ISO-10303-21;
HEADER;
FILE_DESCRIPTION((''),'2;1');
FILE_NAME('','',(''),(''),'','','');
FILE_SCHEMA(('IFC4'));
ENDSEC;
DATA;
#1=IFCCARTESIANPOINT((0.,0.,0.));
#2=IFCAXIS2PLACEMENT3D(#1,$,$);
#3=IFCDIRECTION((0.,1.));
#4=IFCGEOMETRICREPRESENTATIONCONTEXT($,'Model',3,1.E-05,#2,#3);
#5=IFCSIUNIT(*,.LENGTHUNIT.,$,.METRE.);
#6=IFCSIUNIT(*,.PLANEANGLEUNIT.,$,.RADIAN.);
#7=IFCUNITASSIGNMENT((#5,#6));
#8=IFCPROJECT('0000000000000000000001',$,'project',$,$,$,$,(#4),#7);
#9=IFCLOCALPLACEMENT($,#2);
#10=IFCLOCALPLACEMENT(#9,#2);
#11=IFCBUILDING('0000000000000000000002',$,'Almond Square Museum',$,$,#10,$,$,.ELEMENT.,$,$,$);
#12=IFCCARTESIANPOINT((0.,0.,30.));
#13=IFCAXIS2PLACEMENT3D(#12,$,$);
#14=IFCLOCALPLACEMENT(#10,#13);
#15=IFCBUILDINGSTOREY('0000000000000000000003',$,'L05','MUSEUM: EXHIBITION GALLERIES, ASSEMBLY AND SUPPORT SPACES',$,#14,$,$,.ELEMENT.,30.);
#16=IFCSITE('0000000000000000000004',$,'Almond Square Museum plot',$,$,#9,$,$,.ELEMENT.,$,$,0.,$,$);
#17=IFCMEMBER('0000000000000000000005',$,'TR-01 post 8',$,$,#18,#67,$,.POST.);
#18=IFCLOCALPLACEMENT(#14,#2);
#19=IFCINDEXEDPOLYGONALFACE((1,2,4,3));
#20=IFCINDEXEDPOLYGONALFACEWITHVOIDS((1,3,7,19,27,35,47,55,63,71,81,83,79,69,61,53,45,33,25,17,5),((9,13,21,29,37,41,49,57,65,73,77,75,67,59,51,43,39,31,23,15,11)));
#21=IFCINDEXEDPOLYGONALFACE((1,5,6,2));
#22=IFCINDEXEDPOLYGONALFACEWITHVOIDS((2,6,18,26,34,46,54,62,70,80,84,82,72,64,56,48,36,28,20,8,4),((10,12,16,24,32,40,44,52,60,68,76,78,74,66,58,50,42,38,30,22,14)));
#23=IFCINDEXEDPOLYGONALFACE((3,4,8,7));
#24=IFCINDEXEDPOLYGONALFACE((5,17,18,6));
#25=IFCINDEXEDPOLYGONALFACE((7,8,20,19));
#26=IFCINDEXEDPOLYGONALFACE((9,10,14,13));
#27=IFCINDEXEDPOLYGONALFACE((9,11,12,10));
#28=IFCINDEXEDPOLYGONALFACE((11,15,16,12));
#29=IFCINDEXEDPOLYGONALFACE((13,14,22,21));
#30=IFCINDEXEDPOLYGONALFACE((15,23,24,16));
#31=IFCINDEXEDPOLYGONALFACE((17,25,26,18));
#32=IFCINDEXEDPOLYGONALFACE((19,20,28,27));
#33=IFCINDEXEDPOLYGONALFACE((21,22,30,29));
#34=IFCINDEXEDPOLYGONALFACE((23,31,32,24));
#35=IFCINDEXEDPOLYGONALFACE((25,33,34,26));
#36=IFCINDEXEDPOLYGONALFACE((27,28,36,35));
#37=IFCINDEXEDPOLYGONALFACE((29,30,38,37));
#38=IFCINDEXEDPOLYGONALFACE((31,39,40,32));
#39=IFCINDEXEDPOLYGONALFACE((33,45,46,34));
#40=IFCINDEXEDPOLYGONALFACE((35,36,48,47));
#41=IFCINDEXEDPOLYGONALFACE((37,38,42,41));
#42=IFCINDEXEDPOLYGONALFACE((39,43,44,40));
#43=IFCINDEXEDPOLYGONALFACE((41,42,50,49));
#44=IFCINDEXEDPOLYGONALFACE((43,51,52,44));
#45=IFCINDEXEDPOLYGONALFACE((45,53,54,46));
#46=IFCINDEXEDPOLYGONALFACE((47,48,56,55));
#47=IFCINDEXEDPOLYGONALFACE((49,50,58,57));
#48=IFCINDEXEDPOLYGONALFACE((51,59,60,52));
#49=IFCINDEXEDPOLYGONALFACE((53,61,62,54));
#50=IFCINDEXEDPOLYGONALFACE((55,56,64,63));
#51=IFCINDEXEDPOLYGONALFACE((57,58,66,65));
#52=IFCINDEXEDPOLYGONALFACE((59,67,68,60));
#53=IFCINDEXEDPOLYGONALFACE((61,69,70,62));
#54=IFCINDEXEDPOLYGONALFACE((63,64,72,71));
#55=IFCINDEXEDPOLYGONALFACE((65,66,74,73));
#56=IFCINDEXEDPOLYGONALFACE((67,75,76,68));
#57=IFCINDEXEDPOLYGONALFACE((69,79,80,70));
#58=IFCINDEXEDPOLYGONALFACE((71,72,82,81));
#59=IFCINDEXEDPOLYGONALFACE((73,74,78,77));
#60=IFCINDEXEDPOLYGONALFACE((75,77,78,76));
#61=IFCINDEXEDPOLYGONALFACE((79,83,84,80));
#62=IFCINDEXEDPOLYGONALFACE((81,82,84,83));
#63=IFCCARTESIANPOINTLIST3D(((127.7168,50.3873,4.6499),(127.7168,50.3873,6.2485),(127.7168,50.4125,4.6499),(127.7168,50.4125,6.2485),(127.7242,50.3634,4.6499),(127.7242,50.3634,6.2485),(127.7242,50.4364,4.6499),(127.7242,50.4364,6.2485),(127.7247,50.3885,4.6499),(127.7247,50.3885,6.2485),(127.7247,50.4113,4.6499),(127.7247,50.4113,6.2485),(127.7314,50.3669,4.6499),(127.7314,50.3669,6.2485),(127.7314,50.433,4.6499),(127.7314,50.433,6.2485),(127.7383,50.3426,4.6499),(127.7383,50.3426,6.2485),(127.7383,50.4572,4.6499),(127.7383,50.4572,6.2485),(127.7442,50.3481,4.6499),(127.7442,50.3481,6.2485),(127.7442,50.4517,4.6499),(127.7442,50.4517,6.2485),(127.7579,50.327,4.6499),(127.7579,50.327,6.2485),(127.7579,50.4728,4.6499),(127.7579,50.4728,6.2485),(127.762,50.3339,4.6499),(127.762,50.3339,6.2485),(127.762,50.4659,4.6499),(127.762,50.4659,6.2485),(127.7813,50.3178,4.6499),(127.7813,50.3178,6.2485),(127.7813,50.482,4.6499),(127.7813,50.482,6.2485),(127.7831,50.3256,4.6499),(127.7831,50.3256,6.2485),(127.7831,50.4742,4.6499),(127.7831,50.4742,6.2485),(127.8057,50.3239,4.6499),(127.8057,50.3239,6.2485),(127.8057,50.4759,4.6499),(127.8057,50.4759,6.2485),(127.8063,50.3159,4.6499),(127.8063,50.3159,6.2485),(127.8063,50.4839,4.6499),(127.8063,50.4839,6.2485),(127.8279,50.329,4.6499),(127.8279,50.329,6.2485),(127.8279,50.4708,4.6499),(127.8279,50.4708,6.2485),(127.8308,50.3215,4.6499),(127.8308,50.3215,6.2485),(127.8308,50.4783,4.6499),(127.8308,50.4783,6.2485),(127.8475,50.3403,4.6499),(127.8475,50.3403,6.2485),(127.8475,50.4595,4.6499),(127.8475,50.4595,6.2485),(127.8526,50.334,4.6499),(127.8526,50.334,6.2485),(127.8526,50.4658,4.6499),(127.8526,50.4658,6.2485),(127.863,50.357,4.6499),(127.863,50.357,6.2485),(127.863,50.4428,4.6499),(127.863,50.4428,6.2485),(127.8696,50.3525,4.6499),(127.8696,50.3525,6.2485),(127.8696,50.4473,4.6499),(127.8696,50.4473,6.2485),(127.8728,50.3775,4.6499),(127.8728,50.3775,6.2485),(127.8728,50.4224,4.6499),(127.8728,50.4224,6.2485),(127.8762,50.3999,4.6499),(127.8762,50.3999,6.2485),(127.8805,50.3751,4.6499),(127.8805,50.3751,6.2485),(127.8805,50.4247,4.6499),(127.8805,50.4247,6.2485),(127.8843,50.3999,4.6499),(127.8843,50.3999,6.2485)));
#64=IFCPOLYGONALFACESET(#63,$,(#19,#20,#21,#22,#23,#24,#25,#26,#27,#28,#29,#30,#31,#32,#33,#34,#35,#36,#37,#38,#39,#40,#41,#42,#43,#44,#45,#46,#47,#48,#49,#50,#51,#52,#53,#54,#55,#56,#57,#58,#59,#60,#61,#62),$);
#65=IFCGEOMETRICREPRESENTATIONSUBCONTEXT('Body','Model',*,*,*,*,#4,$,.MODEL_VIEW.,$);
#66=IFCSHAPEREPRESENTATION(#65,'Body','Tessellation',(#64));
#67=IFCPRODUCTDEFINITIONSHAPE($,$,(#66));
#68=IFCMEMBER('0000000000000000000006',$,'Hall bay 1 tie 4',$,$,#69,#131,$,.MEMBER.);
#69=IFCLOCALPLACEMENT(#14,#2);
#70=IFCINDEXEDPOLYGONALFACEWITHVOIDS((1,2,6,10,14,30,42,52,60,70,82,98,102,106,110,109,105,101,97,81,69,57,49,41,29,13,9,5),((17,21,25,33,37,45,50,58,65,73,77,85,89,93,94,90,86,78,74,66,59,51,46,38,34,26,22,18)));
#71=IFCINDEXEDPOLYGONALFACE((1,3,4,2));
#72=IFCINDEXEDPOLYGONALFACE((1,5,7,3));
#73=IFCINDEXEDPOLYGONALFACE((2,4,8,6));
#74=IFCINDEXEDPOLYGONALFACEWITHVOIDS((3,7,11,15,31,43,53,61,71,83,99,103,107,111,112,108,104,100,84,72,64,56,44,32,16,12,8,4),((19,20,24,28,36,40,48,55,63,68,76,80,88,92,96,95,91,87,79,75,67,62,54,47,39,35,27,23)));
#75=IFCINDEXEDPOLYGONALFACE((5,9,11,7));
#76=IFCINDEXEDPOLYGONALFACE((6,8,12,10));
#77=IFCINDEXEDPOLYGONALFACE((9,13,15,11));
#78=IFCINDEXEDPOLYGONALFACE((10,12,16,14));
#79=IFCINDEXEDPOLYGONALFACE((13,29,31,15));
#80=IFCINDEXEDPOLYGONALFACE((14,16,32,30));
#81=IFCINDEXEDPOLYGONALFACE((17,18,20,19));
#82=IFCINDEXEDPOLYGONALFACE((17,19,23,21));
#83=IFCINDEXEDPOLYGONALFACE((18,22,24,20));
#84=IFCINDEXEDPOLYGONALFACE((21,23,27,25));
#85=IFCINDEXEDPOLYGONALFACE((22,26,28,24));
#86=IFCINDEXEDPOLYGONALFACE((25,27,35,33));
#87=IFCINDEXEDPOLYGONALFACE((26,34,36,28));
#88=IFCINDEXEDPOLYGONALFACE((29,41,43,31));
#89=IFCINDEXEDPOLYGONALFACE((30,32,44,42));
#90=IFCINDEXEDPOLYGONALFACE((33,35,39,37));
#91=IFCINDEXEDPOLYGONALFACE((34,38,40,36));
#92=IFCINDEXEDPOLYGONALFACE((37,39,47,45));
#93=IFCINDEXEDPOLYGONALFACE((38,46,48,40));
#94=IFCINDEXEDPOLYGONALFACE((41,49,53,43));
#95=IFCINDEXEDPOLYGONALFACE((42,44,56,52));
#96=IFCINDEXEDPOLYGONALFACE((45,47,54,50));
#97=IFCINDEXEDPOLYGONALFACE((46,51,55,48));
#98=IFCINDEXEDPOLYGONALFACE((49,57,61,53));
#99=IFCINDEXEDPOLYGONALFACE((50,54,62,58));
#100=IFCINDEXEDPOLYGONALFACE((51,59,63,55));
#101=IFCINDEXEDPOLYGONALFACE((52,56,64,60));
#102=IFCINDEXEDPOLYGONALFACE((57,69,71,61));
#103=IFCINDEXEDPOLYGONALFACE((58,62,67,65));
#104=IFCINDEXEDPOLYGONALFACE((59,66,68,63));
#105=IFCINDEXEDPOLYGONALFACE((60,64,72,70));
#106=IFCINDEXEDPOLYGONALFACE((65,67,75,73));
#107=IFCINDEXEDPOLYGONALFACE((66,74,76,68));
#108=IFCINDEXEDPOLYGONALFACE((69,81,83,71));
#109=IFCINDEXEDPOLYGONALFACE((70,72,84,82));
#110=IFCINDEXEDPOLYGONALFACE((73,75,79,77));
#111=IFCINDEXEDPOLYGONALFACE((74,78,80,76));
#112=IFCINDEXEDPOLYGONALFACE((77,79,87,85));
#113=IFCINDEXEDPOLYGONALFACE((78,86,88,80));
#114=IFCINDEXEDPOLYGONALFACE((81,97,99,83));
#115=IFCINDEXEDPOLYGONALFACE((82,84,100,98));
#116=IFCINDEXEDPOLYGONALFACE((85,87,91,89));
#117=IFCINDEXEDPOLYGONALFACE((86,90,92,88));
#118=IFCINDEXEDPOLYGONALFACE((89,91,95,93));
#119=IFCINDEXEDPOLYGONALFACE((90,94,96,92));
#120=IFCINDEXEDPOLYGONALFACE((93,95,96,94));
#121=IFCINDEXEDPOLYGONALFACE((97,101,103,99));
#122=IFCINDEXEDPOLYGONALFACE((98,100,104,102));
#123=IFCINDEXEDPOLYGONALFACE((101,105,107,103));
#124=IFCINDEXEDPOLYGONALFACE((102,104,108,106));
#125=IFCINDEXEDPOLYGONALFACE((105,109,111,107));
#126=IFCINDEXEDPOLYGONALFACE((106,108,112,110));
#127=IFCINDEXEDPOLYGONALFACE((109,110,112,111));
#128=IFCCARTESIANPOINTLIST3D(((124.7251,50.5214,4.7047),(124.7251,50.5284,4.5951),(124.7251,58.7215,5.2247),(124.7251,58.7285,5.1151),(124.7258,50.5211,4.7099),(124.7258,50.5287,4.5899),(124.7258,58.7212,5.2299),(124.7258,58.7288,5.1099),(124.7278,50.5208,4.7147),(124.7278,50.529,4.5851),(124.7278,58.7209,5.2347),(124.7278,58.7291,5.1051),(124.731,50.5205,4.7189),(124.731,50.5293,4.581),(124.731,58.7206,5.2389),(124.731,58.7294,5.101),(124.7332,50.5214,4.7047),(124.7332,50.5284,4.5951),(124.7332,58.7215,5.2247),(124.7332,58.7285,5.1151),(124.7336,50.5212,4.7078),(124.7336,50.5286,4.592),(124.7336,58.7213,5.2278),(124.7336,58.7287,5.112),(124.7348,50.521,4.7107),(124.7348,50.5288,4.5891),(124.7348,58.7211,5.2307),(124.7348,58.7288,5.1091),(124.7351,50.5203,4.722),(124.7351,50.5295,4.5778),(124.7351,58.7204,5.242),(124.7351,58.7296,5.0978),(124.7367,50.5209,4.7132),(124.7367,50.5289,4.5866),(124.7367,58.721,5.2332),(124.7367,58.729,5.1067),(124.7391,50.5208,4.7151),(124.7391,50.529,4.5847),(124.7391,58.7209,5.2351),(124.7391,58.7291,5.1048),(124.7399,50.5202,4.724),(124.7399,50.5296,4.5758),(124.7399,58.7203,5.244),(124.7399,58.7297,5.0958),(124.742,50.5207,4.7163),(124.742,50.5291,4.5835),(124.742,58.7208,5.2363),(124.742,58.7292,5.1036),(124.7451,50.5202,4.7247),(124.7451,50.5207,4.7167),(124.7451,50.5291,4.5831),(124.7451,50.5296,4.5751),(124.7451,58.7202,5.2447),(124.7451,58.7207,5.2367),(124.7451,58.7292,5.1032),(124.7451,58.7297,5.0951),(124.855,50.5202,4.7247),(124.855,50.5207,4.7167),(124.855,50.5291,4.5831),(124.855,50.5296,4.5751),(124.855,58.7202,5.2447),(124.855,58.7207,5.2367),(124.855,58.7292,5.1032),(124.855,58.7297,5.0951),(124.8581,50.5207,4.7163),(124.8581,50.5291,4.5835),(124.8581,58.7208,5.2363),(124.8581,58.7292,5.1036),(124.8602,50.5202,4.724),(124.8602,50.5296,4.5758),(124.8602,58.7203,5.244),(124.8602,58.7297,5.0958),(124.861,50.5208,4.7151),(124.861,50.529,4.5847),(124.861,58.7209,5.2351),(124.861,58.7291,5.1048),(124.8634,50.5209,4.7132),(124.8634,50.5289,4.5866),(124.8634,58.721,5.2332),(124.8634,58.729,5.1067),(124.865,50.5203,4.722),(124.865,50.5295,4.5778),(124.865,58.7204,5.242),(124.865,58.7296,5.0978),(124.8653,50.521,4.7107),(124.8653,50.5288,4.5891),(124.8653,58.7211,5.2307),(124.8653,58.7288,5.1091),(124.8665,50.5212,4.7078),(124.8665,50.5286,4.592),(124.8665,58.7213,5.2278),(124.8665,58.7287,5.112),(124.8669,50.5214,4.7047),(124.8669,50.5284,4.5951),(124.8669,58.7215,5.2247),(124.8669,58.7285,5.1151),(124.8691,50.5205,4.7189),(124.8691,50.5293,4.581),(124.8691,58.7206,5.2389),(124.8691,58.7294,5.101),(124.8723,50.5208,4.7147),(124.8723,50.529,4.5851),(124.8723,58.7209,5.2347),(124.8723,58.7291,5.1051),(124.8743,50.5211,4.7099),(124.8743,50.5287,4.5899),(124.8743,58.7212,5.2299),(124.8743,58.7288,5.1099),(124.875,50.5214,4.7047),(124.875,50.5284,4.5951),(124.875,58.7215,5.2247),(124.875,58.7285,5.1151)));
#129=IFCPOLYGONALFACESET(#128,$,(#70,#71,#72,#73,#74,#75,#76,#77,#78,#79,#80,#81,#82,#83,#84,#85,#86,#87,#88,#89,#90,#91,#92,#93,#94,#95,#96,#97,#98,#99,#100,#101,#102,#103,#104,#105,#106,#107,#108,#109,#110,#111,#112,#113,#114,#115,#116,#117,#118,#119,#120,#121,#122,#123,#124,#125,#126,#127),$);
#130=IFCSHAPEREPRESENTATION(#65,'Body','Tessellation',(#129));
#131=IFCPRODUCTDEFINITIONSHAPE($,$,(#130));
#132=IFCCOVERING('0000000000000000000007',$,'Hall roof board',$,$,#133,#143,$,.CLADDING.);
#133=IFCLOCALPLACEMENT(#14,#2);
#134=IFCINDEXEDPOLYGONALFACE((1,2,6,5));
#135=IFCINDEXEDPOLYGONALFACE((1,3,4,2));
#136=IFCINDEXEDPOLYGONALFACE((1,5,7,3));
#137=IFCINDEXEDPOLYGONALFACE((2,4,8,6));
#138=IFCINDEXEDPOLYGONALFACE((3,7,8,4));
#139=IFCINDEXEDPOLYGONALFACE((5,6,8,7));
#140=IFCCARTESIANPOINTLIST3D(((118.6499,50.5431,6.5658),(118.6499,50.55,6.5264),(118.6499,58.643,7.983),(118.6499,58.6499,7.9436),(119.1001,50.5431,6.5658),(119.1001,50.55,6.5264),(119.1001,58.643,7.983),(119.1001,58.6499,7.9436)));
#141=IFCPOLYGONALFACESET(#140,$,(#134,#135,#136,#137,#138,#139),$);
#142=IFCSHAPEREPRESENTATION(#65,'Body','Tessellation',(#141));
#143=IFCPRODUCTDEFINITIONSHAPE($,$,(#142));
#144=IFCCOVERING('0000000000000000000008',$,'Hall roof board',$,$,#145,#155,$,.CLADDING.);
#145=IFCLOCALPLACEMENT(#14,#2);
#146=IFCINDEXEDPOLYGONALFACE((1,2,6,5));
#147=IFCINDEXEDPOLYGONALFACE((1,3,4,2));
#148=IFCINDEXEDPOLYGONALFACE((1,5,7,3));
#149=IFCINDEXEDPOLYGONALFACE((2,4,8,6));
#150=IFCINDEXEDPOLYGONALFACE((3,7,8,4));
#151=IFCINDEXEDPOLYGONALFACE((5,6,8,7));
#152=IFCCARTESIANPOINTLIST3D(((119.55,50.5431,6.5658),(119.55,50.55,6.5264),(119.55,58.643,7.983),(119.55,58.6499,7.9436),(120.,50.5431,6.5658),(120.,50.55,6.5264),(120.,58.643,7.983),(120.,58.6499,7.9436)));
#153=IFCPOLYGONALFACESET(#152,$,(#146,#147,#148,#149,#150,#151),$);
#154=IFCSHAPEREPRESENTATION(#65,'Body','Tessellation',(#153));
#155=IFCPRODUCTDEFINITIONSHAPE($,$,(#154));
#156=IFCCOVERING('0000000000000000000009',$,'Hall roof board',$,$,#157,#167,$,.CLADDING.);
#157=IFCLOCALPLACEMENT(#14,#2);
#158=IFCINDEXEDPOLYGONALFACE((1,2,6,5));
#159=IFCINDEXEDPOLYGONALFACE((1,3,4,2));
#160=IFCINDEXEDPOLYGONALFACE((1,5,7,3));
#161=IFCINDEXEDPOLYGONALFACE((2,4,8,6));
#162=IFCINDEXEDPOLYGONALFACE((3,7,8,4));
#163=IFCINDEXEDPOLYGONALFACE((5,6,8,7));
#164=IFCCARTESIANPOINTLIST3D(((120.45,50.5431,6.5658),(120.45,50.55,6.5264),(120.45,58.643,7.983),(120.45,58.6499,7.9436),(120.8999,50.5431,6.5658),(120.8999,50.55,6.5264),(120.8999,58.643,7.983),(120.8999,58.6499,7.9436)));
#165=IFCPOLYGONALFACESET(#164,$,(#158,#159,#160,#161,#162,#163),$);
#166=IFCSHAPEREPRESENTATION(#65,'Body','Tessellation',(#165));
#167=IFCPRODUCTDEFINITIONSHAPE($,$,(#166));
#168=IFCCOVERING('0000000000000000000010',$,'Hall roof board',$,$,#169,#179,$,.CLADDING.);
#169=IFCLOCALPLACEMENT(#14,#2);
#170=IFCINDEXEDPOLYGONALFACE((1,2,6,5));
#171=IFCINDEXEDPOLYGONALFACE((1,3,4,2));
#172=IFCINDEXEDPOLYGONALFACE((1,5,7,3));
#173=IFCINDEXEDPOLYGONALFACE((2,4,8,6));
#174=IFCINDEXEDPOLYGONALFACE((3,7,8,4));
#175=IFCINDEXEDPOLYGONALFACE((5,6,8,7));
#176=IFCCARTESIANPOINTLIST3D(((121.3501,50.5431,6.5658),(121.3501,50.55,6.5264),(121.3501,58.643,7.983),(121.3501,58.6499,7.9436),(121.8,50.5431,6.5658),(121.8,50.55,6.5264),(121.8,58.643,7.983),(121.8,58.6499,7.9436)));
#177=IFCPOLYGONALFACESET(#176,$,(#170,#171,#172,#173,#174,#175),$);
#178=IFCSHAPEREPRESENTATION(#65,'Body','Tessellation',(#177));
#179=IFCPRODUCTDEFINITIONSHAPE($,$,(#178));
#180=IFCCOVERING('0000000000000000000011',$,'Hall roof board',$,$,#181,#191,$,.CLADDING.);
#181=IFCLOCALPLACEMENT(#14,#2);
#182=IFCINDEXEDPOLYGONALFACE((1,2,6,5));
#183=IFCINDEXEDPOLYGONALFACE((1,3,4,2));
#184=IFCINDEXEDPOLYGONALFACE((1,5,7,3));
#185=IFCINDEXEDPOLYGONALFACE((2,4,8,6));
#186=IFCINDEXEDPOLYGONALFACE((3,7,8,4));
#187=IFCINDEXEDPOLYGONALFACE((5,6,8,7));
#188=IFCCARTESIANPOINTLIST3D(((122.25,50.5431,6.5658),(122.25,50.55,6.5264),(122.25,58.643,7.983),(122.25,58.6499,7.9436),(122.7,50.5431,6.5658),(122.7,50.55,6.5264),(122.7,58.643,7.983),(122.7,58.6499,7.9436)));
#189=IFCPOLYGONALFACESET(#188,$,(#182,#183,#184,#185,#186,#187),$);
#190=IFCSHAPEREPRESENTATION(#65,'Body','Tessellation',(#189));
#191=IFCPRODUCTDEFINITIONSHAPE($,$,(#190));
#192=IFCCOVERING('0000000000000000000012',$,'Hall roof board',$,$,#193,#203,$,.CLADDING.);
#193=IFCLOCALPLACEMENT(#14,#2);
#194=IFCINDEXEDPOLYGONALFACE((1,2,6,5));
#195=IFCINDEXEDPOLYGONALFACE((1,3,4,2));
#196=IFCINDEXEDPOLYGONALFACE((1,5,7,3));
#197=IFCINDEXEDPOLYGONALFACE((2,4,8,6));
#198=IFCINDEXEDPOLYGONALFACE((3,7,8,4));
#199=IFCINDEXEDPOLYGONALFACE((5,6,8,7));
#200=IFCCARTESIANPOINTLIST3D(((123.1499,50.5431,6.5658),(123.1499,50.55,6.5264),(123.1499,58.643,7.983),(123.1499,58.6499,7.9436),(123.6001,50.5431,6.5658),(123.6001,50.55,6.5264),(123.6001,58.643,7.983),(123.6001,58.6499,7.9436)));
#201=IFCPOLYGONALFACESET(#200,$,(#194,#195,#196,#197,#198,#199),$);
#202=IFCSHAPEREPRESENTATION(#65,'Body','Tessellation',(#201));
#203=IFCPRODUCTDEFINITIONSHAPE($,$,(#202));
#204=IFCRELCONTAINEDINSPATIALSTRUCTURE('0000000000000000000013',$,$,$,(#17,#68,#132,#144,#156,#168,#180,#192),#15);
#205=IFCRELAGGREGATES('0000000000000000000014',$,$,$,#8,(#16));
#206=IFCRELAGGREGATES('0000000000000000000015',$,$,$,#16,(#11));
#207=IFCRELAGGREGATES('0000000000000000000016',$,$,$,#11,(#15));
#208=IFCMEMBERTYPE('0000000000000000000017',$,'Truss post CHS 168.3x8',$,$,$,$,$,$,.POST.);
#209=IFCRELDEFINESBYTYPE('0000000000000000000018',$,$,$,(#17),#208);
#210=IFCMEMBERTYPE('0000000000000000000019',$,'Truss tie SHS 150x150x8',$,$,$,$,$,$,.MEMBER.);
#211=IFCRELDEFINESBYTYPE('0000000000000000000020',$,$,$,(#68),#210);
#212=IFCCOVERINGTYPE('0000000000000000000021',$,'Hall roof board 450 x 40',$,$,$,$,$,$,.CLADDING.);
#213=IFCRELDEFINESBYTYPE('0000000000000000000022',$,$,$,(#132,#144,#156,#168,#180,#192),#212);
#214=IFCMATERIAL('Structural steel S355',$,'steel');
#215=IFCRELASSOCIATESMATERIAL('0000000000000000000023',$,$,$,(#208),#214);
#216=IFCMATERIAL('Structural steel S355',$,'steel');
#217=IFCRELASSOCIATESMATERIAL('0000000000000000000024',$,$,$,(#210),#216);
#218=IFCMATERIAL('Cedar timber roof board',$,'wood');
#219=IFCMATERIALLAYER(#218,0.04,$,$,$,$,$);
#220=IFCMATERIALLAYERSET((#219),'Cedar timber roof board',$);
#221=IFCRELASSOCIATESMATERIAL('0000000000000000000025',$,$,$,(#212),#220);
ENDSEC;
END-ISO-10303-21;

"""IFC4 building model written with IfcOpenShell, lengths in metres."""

from ifc_helpers import new_model, si_unit, direction, frame, origin, origin_2d, place, context, subcontext, project, spatial, polyline, hollow_rectangle, hollow_circle, outline, extrude, material, layer, layer_set, material_profile, profile_set, type_object, element, save


model = new_model("IFC4")

# Units and contexts
model_context = context("Model", 3, precision=1e-05, world=origin(), true_north=direction((0.0, 1.0)))
body_context = subcontext(model_context, "Body", "Model", "MODEL_VIEW")
ifc_project = project(units=[si_unit("LENGTHUNIT", "METRE"), si_unit("PLANEANGLEUNIT", "RADIAN")], contexts=[model_context])

# Site, building, storey
site_placement = place(None, origin())
site = spatial("IfcSite", under=ifc_project, at=site_placement, Name="Almond Square Museum plot", CompositionType="ELEMENT", RefElevation=0.0)
building_placement = place(site_placement, origin())
building = spatial("IfcBuilding", under=site, at=building_placement, Name="Almond Square Museum", CompositionType="ELEMENT")
storey_placement = place(building_placement, frame((0.0, 0.0, 30.0)))
storey = spatial("IfcBuildingStorey", under=building, at=storey_placement, Name="L05", Description="MUSEUM: EXHIBITION GALLERIES, ASSEMBLY AND SUPPORT SPACES", CompositionType="ELEMENT", Elevation=30.0)

# Members
ifc_material_1 = material(Name="Structural steel S355", Category="steel")
ifc_material_profile_1 = material_profile(ifc_material_1, hollow_circle(Radius=0.0842, WallThickness=0.0081, at=origin_2d()))
ifc_profile_set_1 = profile_set([ifc_material_profile_1], Name="Structural steel S355")
member_type_1 = type_object("IfcMemberType", Name="Truss post CHS 168.3x8", PredefinedType="POST", material=ifc_profile_set_1)
member_1_placement = place(storey_placement, frame((127.8, 50.3999, 4.6499), z_axis=(0.0, 0.0, 1.0), x_axis=(1.0, 0.0, 0.0)))
element("IfcMember", 1, at=member_1_placement, inside=storey, type_object=member_type_1, Name="TR-01 post 8", PredefinedType="POST", context=body_context, shape_type="SweptSolid", body=[
    extrude(hollow_circle(Radius=0.0842, WallThickness=0.0081, at=origin_2d()), origin(), (0.0, 0.0, 1.0), 1.5986),
])
ifc_material_2 = material(Name="Structural steel S355", Category="steel")
ifc_material_profile_2 = material_profile(ifc_material_2, hollow_rectangle(XDim=0.1499, YDim=0.1499, WallThickness=0.0081, InnerFilletRadius=0.012, OuterFilletRadius=0.02, at=origin_2d()))
ifc_profile_set_2 = profile_set([ifc_material_profile_2], Name="Structural steel S355")
member_type_2 = type_object("IfcMemberType", Name="Truss tie SHS 150x150x8", PredefinedType="MEMBER", material=ifc_profile_set_2)
member_2_placement = place(storey_placement, frame((124.8, 50.5249, 4.6499), z_axis=(0.0, 0.997995, 0.063288), x_axis=(-1.0, 0.0, 0.0)))
element("IfcMember", 2, at=member_2_placement, inside=storey, type_object=member_type_2, Name="Hall bay 1 tie 4", PredefinedType="MEMBER", context=body_context, shape_type="SweptSolid", body=[
    extrude(hollow_rectangle(XDim=0.1499, YDim=0.1499, WallThickness=0.0081, InnerFilletRadius=0.012, OuterFilletRadius=0.02, at=origin_2d()), origin(), (0.0, 0.0, 1.0), 8.2166),
])

# Coverings
ifc_material_3 = material(Name="Cedar timber roof board", Category="wood")
ifc_layer = layer(ifc_material_3, 0.04)
ifc_layer_set = layer_set([ifc_layer], Name="Cedar timber roof board")
covering_type = type_object("IfcCoveringType", Name="Hall roof board 450 x 40", PredefinedType="CLADDING", material=ifc_layer_set)
covering_1_placement = place(storey_placement, frame((119.1001, 58.6499, 7.9436), z_axis=(0.0, -0.172352, 0.985035), x_axis=(-1.0, 0.0, 0.0)))
element("IfcCovering", 3, at=covering_1_placement, inside=storey, type_object=covering_type, Name="Hall roof board", PredefinedType="CLADDING", context=body_context, shape_type="SweptSolid", body=[
    extrude(outline(polyline([(0.0, 0.0), (0.4502, 0.0), (0.4502, 8.2229), (0.0, 8.2229), (0.0, 0.0)])), origin(), (0.0, 0.0, 1.0), 0.04),
])
for number, where, z_axis, x_axis, name in (
    (4, (120.0, 58.6499, 7.9436), (0.0, -0.172352, 0.985035), (-1.0, 0.0, 0.0), "Hall roof board"),
    (5, (120.8999, 58.6499, 7.9436), (0.0, -0.172352, 0.985035), (-1.0, 0.0, 0.0), "Hall roof board"),
    (6, (121.8, 58.6499, 7.9436), (0.0, -0.172352, 0.985035), (-1.0, 0.0, 0.0), "Hall roof board"),
    (7, (122.7, 58.6499, 7.9436), (0.0, -0.172352, 0.985035), (-1.0, 0.0, 0.0), "Hall roof board"),
):
    element("IfcCovering", number, at=place(storey_placement, frame(where, z_axis=z_axis, x_axis=x_axis)), inside=storey, type_object=covering_type, Name=name, PredefinedType="CLADDING", context=body_context, shape_type="SweptSolid", body=[
        extrude(outline(polyline([(0.0, 0.0), (0.45, 0.0), (0.45, 8.2229), (0.0, 8.2229), (0.0, 0.0)])), origin(), (0.0, 0.0, 1.0), 0.04),
    ])
covering_2_placement = place(storey_placement, frame((123.6001, 58.6499, 7.9436), z_axis=(0.0, -0.172352, 0.985035), x_axis=(-1.0, 0.0, 0.0)))
element("IfcCovering", 8, at=covering_2_placement, inside=storey, type_object=covering_type, Name="Hall roof board", PredefinedType="CLADDING", context=body_context, shape_type="SweptSolid", body=[
    extrude(outline(polyline([(0.0, 0.0), (0.4502, 0.0), (0.4502, 8.2229), (0.0, 8.2229), (0.0, 0.0)])), origin(), (0.0, 0.0, 1.0), 0.04),
])

save(model, "model.ifc")
